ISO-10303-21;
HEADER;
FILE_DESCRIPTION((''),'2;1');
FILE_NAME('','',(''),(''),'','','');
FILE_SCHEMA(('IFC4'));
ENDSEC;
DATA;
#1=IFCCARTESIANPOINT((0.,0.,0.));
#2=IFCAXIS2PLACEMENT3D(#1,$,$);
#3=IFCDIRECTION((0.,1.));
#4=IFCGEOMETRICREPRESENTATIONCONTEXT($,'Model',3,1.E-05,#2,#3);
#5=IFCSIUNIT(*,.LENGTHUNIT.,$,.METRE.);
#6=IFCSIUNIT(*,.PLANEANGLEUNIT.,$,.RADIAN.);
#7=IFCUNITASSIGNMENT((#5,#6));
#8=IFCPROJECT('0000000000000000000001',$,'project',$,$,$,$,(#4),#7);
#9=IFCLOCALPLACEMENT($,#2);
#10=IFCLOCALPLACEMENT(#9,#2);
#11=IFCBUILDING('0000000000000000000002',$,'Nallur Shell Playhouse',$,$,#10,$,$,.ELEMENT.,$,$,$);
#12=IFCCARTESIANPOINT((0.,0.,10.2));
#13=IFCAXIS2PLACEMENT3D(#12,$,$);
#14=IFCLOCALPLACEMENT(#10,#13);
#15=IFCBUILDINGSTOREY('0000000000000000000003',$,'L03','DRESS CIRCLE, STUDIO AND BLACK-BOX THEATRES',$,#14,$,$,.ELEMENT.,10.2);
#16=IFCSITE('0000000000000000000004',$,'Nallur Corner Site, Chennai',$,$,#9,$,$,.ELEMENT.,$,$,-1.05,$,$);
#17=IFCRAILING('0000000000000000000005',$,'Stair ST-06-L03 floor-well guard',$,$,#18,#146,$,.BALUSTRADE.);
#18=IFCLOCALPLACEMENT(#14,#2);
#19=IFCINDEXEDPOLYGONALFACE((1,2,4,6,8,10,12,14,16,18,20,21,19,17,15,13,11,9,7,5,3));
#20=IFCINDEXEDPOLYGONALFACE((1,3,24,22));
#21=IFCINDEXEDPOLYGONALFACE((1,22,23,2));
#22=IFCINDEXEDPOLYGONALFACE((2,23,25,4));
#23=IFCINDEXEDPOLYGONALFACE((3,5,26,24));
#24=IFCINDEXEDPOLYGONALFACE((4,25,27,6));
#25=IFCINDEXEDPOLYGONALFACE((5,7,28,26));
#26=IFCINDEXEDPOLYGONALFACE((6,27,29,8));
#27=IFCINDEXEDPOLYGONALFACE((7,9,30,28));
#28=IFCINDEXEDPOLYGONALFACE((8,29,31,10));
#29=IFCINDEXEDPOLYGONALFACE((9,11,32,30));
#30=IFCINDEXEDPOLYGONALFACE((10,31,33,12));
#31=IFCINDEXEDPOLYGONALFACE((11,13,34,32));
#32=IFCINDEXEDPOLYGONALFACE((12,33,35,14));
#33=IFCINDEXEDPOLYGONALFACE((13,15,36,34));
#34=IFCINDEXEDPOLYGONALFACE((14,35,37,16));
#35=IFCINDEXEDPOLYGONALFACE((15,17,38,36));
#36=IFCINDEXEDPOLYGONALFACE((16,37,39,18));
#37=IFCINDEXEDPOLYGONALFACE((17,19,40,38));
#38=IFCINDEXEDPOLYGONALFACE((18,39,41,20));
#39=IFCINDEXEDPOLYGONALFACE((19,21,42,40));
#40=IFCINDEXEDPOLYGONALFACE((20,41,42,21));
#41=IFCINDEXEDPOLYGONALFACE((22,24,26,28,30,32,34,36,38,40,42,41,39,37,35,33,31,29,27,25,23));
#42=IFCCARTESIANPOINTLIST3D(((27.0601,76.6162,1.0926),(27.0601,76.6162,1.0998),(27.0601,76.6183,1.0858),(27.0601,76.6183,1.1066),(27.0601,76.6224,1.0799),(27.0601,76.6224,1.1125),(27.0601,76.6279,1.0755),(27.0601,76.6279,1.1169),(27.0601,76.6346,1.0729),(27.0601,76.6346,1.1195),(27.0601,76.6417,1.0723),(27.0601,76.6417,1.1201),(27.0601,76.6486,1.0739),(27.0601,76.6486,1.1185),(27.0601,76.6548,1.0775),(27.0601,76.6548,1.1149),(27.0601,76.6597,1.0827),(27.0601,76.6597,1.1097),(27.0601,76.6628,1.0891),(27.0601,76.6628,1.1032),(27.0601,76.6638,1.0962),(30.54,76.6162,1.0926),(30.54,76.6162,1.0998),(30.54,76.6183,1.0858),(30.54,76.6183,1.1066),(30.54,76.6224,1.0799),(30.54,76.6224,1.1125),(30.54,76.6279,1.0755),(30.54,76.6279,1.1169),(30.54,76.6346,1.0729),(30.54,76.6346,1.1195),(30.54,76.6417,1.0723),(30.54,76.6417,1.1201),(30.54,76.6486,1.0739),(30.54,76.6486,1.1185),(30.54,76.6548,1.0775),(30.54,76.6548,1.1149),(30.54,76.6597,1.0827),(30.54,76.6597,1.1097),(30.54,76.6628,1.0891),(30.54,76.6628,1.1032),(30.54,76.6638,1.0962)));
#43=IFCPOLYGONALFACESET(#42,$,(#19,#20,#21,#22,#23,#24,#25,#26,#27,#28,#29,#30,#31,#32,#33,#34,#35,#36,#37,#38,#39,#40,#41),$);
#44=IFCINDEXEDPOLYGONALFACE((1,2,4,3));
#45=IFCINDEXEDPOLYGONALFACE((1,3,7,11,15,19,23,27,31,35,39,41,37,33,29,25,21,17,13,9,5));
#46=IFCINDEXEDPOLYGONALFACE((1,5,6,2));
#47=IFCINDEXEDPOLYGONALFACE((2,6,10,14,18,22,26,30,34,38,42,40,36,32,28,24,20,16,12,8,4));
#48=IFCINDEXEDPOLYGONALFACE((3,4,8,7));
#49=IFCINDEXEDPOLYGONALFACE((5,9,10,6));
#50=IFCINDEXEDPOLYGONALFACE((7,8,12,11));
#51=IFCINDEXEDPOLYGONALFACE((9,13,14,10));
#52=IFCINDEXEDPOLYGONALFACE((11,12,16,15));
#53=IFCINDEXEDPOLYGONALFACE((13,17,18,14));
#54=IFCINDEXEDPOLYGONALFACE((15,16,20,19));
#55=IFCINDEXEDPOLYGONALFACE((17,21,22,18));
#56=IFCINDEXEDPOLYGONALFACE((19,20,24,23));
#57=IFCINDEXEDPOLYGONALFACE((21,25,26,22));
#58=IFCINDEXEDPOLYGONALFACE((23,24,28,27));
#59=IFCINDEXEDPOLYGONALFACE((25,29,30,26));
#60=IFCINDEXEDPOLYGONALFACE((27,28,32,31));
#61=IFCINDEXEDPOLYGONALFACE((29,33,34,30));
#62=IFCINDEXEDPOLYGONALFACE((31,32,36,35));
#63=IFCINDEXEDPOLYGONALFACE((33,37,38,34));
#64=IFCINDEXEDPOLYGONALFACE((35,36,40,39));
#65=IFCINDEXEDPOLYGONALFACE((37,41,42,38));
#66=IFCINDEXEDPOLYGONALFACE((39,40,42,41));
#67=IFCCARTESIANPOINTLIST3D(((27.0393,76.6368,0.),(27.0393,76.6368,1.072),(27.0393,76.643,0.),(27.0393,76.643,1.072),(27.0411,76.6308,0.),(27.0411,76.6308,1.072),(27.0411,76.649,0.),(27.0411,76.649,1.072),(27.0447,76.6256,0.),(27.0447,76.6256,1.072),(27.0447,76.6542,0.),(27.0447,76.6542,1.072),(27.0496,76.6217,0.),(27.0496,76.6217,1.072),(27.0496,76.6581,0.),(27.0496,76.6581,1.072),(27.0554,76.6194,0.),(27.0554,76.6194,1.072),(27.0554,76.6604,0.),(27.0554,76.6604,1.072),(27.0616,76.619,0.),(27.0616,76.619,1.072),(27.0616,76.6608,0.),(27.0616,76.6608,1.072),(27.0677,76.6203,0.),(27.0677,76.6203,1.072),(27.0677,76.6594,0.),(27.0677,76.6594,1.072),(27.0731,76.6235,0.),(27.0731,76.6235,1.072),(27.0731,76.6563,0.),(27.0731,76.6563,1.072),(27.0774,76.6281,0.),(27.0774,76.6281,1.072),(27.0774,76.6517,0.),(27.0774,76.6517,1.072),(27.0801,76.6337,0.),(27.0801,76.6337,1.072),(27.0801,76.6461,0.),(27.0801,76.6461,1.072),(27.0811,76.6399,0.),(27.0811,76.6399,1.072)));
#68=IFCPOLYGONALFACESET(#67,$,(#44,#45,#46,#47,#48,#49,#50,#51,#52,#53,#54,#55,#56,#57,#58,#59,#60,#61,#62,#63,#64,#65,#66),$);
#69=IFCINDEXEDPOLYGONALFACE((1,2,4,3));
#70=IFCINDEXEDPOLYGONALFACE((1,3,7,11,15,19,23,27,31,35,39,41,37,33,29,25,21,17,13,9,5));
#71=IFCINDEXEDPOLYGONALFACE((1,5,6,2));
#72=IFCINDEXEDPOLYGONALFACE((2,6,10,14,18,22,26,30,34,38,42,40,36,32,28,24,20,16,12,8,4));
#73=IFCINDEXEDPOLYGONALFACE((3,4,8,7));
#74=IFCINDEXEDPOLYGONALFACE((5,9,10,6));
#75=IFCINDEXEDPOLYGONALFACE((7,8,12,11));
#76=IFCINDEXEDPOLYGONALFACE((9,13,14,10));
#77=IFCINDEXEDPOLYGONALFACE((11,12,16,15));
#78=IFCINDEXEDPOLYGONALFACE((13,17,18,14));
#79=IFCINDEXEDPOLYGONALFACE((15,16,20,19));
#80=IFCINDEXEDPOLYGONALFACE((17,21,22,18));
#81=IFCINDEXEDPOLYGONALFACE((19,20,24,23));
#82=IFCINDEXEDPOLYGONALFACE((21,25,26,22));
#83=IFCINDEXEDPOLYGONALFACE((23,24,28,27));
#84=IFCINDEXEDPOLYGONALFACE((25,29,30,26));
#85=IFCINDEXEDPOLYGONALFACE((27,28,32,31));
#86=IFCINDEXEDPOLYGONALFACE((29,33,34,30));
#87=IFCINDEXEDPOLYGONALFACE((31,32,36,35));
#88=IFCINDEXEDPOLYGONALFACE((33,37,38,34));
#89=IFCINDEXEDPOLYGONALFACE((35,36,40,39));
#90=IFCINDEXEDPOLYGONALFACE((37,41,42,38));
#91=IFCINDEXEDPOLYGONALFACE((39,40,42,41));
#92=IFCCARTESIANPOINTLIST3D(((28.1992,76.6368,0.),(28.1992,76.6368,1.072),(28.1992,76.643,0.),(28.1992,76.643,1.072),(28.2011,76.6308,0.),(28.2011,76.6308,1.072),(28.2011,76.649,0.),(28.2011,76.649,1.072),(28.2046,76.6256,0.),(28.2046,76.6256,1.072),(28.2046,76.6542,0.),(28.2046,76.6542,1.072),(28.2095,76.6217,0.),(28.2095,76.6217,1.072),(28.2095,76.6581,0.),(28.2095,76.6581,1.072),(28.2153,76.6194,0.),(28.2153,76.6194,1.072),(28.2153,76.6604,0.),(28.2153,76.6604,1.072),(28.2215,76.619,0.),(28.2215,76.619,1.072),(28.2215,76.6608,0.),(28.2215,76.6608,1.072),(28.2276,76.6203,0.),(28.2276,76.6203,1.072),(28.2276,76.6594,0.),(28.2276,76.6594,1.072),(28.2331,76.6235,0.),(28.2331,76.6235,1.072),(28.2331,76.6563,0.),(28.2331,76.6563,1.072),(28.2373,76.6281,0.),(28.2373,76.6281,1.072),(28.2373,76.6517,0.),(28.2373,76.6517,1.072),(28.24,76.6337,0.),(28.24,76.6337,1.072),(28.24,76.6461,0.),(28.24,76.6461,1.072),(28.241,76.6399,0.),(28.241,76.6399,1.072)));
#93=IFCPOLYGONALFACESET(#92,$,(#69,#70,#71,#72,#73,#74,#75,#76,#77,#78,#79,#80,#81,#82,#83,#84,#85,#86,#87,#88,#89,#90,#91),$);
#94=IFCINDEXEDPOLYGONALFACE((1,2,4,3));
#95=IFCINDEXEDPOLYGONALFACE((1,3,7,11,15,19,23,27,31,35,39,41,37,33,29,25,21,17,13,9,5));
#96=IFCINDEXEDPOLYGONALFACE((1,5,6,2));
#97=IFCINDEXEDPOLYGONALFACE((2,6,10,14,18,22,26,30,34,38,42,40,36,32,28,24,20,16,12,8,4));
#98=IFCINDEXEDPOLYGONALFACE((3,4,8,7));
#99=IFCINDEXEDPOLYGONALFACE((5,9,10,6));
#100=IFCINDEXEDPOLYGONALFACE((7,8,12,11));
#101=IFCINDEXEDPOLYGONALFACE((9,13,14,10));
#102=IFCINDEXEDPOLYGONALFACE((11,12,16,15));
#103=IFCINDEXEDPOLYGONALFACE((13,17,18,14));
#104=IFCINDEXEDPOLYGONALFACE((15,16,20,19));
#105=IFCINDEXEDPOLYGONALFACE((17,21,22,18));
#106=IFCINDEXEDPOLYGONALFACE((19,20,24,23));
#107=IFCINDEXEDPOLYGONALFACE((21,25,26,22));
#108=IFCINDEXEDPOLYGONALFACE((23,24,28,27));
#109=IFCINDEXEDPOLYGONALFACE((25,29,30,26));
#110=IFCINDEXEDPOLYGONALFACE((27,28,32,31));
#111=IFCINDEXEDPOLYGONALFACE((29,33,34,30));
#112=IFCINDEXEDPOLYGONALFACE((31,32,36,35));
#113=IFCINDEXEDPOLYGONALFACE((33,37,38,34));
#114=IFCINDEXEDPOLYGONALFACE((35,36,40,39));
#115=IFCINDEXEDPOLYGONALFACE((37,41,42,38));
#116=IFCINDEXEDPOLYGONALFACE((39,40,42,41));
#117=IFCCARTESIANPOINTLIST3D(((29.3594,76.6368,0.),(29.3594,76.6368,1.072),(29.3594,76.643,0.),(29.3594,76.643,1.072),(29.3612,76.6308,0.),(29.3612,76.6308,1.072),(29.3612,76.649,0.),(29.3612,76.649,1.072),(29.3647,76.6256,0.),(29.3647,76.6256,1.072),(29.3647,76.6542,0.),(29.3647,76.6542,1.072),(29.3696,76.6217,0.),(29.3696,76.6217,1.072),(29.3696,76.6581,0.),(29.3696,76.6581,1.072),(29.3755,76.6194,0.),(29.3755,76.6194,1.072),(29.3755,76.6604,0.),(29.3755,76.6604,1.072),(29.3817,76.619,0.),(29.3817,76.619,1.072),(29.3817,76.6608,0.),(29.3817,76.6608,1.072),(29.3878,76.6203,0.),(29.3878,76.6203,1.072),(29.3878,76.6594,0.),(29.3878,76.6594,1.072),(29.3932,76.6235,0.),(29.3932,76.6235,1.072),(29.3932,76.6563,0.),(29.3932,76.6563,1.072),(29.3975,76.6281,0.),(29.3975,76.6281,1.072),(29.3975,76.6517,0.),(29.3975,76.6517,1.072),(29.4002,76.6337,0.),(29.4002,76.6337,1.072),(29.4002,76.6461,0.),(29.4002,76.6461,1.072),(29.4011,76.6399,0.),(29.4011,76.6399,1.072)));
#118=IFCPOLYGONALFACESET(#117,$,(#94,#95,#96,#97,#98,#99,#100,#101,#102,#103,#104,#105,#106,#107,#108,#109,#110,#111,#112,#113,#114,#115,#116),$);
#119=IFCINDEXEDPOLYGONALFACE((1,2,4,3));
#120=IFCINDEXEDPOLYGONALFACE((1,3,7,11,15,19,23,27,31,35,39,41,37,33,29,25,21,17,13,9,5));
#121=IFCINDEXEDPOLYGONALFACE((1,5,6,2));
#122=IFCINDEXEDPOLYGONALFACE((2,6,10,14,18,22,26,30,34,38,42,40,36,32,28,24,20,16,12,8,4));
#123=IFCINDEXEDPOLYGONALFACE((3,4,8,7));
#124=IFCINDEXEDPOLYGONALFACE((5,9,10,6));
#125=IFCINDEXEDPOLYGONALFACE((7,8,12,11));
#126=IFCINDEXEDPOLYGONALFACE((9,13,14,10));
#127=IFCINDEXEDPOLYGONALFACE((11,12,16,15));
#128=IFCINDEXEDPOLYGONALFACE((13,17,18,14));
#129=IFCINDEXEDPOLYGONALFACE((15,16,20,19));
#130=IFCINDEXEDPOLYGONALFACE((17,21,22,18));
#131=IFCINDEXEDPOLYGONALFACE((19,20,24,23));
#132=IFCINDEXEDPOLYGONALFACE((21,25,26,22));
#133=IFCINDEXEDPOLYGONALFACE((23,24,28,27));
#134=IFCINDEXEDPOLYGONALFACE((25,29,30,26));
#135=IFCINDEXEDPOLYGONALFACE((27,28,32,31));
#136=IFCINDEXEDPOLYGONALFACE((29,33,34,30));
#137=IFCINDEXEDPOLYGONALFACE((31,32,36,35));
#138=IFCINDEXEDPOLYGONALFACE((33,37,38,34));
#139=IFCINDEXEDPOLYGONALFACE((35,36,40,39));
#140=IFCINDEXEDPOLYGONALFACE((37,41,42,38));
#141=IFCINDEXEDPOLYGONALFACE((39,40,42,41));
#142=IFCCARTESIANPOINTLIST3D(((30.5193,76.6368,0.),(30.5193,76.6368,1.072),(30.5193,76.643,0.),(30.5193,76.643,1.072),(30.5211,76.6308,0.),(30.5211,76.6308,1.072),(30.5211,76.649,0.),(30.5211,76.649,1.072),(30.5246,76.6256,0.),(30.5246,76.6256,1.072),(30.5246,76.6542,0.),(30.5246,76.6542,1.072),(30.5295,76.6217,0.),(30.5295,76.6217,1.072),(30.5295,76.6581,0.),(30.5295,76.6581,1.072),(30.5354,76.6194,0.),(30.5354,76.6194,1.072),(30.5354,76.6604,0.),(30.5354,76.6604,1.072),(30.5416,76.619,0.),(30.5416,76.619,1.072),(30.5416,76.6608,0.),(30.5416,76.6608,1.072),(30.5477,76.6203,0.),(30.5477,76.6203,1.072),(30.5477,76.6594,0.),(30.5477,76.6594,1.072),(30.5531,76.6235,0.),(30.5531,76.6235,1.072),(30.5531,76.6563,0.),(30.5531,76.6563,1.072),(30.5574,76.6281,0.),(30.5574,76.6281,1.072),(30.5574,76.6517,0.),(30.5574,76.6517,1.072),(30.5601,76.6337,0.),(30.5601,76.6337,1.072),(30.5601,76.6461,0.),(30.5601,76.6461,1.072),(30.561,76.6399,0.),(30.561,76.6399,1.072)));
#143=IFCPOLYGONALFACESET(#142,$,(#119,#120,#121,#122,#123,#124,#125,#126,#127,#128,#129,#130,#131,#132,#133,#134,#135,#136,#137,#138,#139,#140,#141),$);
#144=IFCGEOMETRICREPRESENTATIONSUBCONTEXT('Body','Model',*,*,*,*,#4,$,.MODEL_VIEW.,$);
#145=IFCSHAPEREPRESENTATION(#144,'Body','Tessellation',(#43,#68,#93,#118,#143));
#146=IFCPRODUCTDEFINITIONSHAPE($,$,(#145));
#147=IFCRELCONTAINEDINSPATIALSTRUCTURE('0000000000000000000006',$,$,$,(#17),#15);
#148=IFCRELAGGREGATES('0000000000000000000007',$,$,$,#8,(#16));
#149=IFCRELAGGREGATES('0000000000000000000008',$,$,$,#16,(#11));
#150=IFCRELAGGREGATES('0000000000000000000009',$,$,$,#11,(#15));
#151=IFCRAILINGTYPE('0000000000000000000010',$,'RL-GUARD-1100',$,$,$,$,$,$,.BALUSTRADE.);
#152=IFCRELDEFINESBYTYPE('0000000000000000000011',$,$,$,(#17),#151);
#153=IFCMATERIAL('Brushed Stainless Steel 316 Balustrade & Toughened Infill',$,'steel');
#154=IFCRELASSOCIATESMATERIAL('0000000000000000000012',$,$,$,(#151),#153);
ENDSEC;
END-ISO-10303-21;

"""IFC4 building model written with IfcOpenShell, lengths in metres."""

from ifc_helpers import new_model, si_unit, direction, frame, origin, origin_2d, place, context, subcontext, project, spatial, circle, extrude, material, type_object, element, save


model = new_model("IFC4")

# Units and contexts
model_context = context("Model", 3, precision=1e-05, world=origin(), true_north=direction((0.0, 1.0)))
body_context = subcontext(model_context, "Body", "Model", "MODEL_VIEW")
ifc_project = project(units=[si_unit("LENGTHUNIT", "METRE"), si_unit("PLANEANGLEUNIT", "RADIAN")], contexts=[model_context])

# Site, building, storey
site_placement = place(None, origin())
site = spatial("IfcSite", under=ifc_project, at=site_placement, Name="Nallur Corner Site, Chennai", CompositionType="ELEMENT", RefElevation=-1.05)
building_placement = place(site_placement, origin())
building = spatial("IfcBuilding", under=site, at=building_placement, Name="Nallur Shell Playhouse", CompositionType="ELEMENT")
storey_placement = place(building_placement, frame((0.0, 0.0, 10.2)))
storey = spatial("IfcBuildingStorey", under=building, at=storey_placement, Name="L03", Description="DRESS CIRCLE, STUDIO AND BLACK-BOX THEATRES", CompositionType="ELEMENT", Elevation=10.2)

# Railing
ifc_material_1 = material(Name="Brushed Stainless Steel 316 Balustrade & Toughened Infill", Category="steel")
railing_type_1 = type_object("IfcRailingType", Name="RL-GUARD-1100", PredefinedType="BALUSTRADE", material=ifc_material_1)
railing_1_placement = place(storey_placement, frame((27.0601, 76.6399, 0.0)))
element("IfcRailing", 1, at=railing_1_placement, inside=storey, type_object=railing_type_1, Name="Stair ST-06-L03 floor-well guard", PredefinedType="BALUSTRADE", context=body_context, shape_type="SweptSolid", body=[
    extrude(circle(Radius=0.0239, at=origin_2d()), frame((0.0, 0.0, 1.0962), z_axis=(1.0, 0.0, 0.0), x_axis=(0.0, 1.0, 0.0)), (0.0, 0.0, 1.0), 3.48),
    extrude(circle(Radius=0.021, at=origin_2d()), origin(), (0.0, 0.0, 1.0), 1.072),
    extrude(circle(Radius=0.021, at=origin_2d()), frame((1.1599, 0.0, 0.0)), (0.0, 0.0, 1.0), 1.072),
    extrude(circle(Radius=0.021, at=origin_2d()), frame((2.3201, 0.0, 0.0)), (0.0, 0.0, 1.0), 1.072),
    extrude(circle(Radius=0.021, at=origin_2d()), frame((3.48, 0.0, 0.0)), (0.0, 0.0, 1.0), 1.072),
])

save(model, "model.ifc")
